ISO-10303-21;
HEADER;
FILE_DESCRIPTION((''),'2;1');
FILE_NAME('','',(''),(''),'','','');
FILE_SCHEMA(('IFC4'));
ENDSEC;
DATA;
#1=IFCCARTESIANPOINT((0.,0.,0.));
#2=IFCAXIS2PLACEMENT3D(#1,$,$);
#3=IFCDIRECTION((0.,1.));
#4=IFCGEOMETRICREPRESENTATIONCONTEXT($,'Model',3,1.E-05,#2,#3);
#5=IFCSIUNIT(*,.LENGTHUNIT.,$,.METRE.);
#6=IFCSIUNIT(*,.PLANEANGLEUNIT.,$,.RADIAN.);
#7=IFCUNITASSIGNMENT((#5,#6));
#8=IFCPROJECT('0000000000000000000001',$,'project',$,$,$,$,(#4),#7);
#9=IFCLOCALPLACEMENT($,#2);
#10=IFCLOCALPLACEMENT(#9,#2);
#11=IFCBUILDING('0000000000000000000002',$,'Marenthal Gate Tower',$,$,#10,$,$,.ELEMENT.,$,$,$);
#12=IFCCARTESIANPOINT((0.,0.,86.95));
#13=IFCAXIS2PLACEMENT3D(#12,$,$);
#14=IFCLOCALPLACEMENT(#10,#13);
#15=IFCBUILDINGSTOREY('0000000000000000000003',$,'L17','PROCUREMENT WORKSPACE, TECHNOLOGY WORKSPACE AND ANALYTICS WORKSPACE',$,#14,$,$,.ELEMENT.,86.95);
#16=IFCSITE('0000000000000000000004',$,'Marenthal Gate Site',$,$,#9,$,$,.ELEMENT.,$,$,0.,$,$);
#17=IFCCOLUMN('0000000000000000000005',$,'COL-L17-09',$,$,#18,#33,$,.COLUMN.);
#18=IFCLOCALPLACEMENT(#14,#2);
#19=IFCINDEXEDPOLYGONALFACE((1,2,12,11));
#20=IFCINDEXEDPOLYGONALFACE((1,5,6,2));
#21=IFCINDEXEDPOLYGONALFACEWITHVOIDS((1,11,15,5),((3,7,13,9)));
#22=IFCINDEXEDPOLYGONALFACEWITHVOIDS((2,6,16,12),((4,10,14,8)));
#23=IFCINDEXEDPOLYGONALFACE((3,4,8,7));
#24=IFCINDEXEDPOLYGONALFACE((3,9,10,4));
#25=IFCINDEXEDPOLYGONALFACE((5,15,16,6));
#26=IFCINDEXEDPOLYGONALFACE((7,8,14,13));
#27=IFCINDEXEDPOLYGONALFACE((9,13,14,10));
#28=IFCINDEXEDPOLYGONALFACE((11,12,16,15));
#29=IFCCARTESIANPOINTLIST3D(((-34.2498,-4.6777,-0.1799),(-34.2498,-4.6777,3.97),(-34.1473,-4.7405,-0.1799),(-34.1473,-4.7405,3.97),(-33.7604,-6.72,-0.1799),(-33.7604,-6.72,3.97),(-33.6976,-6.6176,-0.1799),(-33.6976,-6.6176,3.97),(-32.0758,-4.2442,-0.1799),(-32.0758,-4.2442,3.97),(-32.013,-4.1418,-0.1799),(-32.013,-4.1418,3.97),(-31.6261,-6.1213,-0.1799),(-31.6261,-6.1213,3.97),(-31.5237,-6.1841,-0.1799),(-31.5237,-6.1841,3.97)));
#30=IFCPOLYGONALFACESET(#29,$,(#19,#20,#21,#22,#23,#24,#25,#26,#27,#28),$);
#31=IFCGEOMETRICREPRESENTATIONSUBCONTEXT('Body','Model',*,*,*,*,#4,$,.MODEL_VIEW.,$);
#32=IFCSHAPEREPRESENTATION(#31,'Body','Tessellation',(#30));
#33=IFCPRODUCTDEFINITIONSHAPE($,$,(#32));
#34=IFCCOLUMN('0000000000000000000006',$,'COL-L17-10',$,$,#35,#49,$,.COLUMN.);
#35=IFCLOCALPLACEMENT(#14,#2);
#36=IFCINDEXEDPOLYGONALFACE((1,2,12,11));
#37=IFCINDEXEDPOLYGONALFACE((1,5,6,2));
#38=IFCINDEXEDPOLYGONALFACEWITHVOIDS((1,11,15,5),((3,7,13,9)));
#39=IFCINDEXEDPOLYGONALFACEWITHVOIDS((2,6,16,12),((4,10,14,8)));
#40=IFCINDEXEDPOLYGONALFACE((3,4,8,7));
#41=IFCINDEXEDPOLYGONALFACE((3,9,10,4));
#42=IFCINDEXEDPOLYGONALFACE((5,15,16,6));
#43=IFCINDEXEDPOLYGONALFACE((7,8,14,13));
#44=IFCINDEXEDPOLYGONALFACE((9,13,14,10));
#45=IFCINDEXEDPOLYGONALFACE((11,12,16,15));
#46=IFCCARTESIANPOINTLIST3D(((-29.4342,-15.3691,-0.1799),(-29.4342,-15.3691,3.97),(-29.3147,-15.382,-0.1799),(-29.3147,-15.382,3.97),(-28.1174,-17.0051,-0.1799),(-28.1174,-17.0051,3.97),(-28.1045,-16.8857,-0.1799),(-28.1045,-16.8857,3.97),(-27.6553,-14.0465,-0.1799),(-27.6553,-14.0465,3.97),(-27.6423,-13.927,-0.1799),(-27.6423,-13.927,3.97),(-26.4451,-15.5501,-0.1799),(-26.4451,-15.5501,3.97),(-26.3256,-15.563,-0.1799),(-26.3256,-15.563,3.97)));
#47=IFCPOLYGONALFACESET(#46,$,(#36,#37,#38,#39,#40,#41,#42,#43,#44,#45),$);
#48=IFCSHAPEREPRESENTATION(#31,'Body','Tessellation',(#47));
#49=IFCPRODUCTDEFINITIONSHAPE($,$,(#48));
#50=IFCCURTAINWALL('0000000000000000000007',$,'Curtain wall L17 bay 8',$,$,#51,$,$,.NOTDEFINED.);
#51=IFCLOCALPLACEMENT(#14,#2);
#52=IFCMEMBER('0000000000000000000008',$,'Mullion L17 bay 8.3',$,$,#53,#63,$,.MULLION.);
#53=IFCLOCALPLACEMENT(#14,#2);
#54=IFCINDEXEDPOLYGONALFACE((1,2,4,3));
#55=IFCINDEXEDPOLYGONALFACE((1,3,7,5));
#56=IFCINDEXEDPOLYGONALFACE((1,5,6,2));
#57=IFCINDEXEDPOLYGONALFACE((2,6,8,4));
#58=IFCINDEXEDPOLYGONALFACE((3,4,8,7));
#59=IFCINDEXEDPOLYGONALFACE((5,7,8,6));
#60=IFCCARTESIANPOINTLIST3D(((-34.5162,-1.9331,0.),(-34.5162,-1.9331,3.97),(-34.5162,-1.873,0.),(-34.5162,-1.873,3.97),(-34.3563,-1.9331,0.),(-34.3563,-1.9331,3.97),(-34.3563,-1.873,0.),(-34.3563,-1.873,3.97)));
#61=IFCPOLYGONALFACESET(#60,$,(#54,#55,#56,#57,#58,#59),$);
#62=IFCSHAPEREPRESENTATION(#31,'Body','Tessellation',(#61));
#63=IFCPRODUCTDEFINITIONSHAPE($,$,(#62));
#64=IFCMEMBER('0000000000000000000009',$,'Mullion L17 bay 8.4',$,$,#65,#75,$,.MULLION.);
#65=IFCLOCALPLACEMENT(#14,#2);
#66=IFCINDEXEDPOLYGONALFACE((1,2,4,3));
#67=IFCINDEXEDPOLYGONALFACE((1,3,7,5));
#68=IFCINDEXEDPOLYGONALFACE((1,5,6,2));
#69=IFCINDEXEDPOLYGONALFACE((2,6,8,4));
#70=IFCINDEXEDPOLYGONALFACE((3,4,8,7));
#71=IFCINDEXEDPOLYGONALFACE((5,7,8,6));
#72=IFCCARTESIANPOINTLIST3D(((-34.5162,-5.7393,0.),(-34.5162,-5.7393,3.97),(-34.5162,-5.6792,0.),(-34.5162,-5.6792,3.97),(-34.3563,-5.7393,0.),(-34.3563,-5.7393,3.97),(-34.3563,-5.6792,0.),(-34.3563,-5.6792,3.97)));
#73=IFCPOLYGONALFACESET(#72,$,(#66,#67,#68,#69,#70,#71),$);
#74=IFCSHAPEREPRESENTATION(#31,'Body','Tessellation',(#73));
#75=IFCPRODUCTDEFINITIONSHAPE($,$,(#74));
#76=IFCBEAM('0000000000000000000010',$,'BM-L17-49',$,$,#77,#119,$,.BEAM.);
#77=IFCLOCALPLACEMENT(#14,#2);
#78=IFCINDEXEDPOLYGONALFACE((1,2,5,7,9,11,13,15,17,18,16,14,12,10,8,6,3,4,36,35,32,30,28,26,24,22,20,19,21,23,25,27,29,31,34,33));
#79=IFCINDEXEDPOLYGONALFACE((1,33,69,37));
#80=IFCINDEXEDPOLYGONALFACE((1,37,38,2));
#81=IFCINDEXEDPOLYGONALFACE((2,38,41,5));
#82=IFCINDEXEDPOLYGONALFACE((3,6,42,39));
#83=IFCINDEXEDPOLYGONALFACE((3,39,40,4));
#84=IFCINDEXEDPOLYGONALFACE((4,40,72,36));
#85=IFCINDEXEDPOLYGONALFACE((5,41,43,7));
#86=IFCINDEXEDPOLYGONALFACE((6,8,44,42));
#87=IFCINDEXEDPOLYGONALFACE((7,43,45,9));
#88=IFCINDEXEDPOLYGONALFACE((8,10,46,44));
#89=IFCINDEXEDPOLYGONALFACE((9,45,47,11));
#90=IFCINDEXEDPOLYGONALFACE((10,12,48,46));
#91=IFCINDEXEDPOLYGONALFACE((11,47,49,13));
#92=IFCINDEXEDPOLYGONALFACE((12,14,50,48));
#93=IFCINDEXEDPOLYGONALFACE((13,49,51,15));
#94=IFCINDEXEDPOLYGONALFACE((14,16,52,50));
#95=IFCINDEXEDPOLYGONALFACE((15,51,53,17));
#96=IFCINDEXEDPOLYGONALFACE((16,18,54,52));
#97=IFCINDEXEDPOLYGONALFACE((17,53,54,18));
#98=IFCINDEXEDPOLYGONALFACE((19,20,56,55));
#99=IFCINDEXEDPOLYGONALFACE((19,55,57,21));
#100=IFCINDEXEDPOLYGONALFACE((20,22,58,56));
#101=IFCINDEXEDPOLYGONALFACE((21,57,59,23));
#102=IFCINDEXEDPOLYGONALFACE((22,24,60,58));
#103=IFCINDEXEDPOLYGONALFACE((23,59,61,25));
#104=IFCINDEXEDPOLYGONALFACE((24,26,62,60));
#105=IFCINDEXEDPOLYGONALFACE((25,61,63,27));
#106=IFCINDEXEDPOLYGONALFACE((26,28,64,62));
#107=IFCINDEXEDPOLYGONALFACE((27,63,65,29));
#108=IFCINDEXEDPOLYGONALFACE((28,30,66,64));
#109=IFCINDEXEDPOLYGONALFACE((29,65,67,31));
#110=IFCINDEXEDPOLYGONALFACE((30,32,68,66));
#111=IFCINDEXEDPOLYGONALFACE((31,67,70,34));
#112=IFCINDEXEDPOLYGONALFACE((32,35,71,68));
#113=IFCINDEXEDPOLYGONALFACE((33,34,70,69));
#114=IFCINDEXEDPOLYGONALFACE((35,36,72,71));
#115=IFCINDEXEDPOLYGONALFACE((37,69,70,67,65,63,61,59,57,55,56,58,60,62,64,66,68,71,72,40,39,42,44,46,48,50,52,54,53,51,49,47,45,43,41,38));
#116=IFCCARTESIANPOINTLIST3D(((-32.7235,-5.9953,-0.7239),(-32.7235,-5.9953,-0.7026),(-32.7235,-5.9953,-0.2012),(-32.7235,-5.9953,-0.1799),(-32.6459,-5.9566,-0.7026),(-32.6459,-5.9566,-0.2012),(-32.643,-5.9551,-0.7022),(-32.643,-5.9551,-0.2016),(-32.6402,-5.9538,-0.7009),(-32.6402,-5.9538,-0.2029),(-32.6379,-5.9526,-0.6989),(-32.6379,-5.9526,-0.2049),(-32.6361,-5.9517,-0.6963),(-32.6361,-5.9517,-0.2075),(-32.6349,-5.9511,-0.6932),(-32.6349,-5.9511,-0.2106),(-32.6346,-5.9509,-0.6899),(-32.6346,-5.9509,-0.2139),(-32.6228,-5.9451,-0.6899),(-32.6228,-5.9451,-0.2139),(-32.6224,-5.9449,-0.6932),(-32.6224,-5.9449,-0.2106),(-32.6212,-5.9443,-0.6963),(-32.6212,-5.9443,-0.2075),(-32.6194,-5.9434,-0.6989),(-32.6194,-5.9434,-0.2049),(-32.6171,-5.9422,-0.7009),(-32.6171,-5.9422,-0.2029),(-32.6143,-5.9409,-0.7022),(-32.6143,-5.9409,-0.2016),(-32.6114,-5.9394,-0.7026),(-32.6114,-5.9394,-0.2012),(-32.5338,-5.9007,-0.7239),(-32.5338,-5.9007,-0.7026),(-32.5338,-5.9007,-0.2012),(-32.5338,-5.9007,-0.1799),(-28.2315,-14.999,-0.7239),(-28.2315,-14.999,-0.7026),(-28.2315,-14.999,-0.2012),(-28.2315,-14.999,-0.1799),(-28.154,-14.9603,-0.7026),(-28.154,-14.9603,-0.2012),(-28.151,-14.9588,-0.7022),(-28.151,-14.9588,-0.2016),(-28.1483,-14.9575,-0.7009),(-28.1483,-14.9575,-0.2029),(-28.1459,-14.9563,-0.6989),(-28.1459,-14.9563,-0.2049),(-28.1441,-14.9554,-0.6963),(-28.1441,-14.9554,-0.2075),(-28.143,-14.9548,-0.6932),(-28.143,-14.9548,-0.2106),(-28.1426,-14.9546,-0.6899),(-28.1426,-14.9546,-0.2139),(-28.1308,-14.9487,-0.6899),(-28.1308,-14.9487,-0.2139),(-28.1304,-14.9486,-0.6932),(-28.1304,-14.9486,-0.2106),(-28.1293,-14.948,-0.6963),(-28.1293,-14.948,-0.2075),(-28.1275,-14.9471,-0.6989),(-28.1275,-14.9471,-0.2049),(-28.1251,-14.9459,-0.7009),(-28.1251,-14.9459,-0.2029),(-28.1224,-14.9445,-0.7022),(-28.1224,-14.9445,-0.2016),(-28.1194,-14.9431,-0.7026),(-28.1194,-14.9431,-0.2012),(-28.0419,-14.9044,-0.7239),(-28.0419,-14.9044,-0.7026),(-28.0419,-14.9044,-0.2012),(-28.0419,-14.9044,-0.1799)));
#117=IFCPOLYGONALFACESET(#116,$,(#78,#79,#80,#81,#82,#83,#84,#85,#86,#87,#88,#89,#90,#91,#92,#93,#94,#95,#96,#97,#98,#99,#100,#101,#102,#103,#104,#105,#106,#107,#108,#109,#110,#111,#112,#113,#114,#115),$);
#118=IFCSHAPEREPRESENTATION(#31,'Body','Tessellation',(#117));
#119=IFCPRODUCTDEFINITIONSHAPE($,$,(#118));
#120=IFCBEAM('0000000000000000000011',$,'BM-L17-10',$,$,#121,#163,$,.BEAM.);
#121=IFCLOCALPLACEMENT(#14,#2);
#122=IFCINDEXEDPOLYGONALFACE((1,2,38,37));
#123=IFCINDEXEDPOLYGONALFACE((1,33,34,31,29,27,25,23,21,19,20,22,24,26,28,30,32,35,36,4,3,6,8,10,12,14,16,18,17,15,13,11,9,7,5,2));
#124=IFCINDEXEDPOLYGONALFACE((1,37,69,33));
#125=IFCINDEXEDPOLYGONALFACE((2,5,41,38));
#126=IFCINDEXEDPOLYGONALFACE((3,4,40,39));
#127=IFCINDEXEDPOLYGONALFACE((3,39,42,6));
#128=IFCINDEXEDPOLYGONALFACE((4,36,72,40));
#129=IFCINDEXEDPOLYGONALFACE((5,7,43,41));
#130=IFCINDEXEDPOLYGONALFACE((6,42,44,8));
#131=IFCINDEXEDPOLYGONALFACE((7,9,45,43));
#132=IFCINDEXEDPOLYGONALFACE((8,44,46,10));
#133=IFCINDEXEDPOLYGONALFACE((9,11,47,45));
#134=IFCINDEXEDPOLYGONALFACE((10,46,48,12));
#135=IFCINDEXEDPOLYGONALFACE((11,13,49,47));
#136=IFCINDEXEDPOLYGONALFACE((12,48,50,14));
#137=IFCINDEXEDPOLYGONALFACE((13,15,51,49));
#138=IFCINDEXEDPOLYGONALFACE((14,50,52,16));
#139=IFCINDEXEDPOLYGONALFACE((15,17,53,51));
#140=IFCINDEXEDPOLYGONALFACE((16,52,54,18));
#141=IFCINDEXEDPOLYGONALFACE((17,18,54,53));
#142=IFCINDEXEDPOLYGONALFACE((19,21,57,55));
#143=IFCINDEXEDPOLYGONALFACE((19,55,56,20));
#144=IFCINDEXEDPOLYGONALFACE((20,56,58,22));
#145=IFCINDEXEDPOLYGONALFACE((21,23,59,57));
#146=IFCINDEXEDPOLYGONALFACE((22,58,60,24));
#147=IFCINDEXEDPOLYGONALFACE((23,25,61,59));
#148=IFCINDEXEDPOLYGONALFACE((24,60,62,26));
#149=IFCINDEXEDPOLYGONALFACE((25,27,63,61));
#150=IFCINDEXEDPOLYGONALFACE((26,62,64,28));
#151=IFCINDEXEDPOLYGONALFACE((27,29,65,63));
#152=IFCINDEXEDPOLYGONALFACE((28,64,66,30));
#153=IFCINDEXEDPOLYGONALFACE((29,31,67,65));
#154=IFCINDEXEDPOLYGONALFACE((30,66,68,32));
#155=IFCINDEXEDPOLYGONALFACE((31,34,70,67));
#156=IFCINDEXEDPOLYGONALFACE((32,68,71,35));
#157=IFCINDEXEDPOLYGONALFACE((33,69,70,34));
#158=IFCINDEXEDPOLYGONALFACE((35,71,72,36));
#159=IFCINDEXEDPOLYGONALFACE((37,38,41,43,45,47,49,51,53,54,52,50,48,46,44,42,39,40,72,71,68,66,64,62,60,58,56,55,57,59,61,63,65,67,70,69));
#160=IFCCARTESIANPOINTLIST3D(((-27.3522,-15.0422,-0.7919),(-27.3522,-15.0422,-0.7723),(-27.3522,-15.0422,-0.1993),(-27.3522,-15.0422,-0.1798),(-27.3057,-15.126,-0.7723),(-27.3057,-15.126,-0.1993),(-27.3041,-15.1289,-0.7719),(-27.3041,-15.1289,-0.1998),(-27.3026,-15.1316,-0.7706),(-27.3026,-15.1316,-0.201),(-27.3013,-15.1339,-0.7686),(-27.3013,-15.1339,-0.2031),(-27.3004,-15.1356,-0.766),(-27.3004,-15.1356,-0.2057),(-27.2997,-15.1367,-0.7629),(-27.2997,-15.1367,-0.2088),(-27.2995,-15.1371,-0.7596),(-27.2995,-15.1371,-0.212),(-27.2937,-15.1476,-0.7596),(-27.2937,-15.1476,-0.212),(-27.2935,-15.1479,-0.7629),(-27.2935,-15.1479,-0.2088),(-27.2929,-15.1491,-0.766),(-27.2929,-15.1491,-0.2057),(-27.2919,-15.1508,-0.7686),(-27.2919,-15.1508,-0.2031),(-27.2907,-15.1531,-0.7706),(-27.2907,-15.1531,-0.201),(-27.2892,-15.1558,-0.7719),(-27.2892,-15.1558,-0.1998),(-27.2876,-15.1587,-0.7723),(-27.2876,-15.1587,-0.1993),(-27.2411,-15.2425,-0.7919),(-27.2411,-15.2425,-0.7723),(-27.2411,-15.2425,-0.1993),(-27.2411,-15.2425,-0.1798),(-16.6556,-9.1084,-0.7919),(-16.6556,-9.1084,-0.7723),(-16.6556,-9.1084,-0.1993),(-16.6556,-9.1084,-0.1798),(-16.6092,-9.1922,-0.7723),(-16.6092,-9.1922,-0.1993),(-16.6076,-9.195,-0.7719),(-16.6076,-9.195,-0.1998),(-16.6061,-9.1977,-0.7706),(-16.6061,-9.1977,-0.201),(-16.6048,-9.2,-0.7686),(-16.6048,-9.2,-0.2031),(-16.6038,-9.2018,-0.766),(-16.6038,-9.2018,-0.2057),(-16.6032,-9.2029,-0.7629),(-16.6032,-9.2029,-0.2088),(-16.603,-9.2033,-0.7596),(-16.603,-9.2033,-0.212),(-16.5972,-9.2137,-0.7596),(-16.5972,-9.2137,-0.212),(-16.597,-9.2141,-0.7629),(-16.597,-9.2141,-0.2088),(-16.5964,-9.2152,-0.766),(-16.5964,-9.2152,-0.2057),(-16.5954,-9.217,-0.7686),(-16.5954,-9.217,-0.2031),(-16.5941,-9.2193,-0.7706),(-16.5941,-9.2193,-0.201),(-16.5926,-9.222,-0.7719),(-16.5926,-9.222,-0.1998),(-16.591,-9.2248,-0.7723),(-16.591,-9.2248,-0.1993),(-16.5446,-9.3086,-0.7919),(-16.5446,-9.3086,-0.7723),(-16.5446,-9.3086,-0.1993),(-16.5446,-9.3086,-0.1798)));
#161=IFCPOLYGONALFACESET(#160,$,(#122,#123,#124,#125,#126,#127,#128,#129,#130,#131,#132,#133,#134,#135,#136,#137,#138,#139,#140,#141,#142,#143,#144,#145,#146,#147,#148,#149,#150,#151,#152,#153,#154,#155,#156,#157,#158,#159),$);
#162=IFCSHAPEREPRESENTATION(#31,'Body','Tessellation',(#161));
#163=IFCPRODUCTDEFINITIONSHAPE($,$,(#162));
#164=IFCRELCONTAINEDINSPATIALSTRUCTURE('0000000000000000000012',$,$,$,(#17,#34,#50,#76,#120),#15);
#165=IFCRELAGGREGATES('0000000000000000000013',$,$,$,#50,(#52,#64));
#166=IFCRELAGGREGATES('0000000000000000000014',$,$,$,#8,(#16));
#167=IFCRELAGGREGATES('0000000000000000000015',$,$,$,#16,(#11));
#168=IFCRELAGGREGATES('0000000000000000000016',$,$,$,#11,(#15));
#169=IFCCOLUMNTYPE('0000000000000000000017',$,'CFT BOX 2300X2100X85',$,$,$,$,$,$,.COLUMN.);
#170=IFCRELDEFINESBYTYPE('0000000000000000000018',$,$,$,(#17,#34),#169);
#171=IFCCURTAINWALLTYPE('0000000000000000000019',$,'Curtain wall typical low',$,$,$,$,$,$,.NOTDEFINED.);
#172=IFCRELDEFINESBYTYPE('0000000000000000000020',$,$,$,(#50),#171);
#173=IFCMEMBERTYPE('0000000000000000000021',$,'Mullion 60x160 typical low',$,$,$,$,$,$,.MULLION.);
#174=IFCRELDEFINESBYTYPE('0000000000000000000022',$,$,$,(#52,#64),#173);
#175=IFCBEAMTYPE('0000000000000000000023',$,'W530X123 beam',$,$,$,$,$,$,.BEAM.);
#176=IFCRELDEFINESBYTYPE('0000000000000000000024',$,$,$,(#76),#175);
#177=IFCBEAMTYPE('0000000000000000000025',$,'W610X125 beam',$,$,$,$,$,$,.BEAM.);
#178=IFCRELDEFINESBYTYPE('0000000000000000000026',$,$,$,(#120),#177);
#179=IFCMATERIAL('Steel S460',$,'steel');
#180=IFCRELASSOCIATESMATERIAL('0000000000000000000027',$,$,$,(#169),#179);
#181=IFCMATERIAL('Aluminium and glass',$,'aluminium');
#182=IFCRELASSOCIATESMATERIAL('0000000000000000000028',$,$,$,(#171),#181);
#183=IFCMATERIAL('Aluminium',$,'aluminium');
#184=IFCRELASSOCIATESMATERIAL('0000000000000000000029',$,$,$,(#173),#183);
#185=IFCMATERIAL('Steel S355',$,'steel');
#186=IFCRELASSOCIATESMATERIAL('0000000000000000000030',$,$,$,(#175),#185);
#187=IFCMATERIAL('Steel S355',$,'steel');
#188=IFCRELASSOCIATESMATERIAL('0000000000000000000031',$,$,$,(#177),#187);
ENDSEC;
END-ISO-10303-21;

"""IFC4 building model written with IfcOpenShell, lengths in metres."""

from ifc_helpers import new_model, si_unit, direction, frame, origin, origin_2d, place, context, subcontext, project, spatial, rectangle, hollow_rectangle, i_section, extrude, material, material_profile, profile_set, type_object, element, aggregate, save


model = new_model("IFC4")

# Units and contexts
model_context = context("Model", 3, precision=1e-05, world=origin(), true_north=direction((0.0, 1.0)))
body_context = subcontext(model_context, "Body", "Model", "MODEL_VIEW")
ifc_project = project(units=[si_unit("LENGTHUNIT", "METRE"), si_unit("PLANEANGLEUNIT", "RADIAN")], contexts=[model_context])

# Site, building, storey
site_placement = place(None, origin())
site = spatial("IfcSite", under=ifc_project, at=site_placement, Name="Marenthal Gate Site", CompositionType="ELEMENT", RefElevation=0.0)
building_placement = place(site_placement, origin())
building = spatial("IfcBuilding", under=site, at=building_placement, Name="Marenthal Gate Tower", CompositionType="ELEMENT")
storey_placement = place(building_placement, frame((0.0, 0.0, 86.95)))
storey = spatial("IfcBuildingStorey", under=building, at=storey_placement, Name="L17", Description="PROCUREMENT WORKSPACE, TECHNOLOGY WORKSPACE AND ANALYTICS WORKSPACE", CompositionType="ELEMENT", Elevation=86.95)

# Columns
ifc_material_1 = material(Name="Steel S460", Category="steel")
ifc_material_profile_1 = material_profile(ifc_material_1, hollow_rectangle(XDim=2.1001, YDim=2.3, WallThickness=0.085, at=origin_2d()), Name="CFT BOX 2300X2100X85")
ifc_material_2 = material(Name="Concrete 70 MPa", Category="concrete")
ifc_material_profile_2 = material_profile(ifc_material_2, rectangle(XDim=1.9299, YDim=2.1299, at=origin_2d()), Name="CFT BOX 2300X2100X85 INFILL")
ifc_profile_set_1 = profile_set([ifc_material_profile_1, ifc_material_profile_2], Name="Steel S460 shell, Concrete 70 MPa infill")
column_type = type_object("IfcColumnType", Name="CFT BOX 2300X2100X85", PredefinedType="COLUMN", material=ifc_profile_set_1)
for number, where, z_axis, x_axis, name in (
    (1, (-32.8867, -5.4309, -0.1799), (0.0, 0.0, 1.0), (-0.232997, 0.972477, 0.0), "COL-L17-09"),
    (2, (-27.8799, -15.4661, -0.1799), (0.0, 0.0, 1.0), (-0.626985, 0.779032, 0.0), "COL-L17-10"),
):
    element("IfcColumn", number, at=place(storey_placement, frame(where, z_axis=z_axis, x_axis=x_axis)), inside=storey, type_object=column_type, Name=name, PredefinedType="COLUMN", context=body_context, shape_type="SweptSolid", body=[
        extrude(hollow_rectangle(XDim=2.1001, YDim=2.3, WallThickness=0.085, at=origin_2d()), origin(), (0.0, 0.0, 1.0), 4.1499),
    ])

# Curtain wall, members
ifc_material_3 = material(Name="Aluminium and glass", Category="aluminium")
curtain_wall_type = type_object("IfcCurtainWallType", Name="Curtain wall typical low", PredefinedType="NOTDEFINED", material=ifc_material_3)
curtain_wall_placement = place(storey_placement, origin())
curtain_wall = element("IfcCurtainWall", 3, at=curtain_wall_placement, inside=storey, type_object=curtain_wall_type, Name="Curtain wall L17 bay 8", PredefinedType="NOTDEFINED")
ifc_material_4 = material(Name="Aluminium", Category="aluminium")
ifc_material_profile_3 = material_profile(ifc_material_4, rectangle(XDim=0.1599, YDim=0.0601, at=origin_2d()), Name="60x160 aluminium mullion")
ifc_profile_set_2 = profile_set([ifc_material_profile_3], Name="Aluminium")
member_type = type_object("IfcMemberType", Name="Mullion 60x160 typical low", PredefinedType="MULLION", material=ifc_profile_set_2)
member_1_placement = place(storey_placement, frame((-34.4363, -1.9031, 0.0), z_axis=(0.0, 0.0, 1.0), x_axis=(1.0, 0.0, 0.0)))
member_1 = element("IfcMember", 4, at=member_1_placement, type_object=member_type, Name="Mullion L17 bay 8.3", PredefinedType="MULLION", context=body_context, shape_type="SweptSolid", body=[
    extrude(rectangle(XDim=0.1599, YDim=0.0601, at=origin_2d()), origin(), (0.0, 0.0, 1.0), 3.97),
])
member_2_placement = place(storey_placement, frame((-34.4363, -5.7092, 0.0), z_axis=(0.0, 0.0, 1.0), x_axis=(1.0, 0.0, 0.0)))
member_2 = element("IfcMember", 5, at=member_2_placement, type_object=member_type, Name="Mullion L17 bay 8.4", PredefinedType="MULLION", context=body_context, shape_type="SweptSolid", body=[
    extrude(rectangle(XDim=0.1599, YDim=0.0601, at=origin_2d()), origin(), (0.0, 0.0, 1.0), 3.97),
])

# Beams
ifc_material_5 = material(Name="Steel S355", Category="steel")
ifc_material_profile_4 = material_profile(ifc_material_5, i_section(OverallWidth=0.2119, OverallDepth=0.5439, WebThickness=0.0132, FlangeThickness=0.0212, FilletRadius=0.0127, at=origin_2d()), Name="W530X123")
ifc_profile_set_3 = profile_set([ifc_material_profile_4], Name="Steel S355")
beam_type_1 = type_object("IfcBeamType", Name="W530X123 beam", PredefinedType="BEAM", material=ifc_profile_set_3)
beam_1_placement = place(storey_placement, frame((-32.6287, -5.948, -0.4519), z_axis=(0.446427, -0.89482, 0.0), x_axis=(0.89482, 0.446427, 0.0)))
element("IfcBeam", 6, at=beam_1_placement, inside=storey, type_object=beam_type_1, Name="BM-L17-49", PredefinedType="BEAM", context=body_context, shape_type="SweptSolid", body=[
    extrude(i_section(OverallWidth=0.2119, OverallDepth=0.5439, WebThickness=0.0132, FlangeThickness=0.0212, FilletRadius=0.0127, at=origin_2d()), origin(), (0.0, 0.0, 1.0), 10.062),
])
ifc_material_6 = material(Name="Steel S355", Category="steel")
ifc_material_profile_5 = material_profile(ifc_material_6, i_section(OverallWidth=0.229, OverallDepth=0.6121, WebThickness=0.012, FlangeThickness=0.0195, FilletRadius=0.0127, at=origin_2d()), Name="W610X125")
ifc_profile_set_4 = profile_set([ifc_material_profile_5], Name="Steel S355")
beam_type_2 = type_object("IfcBeamType", Name="W610X125 beam", PredefinedType="BEAM", material=ifc_profile_set_4)
beam_2_placement = place(storey_placement, frame((-27.2966, -15.1423, -0.4858), z_axis=(0.874458, 0.485101, 0.0), x_axis=(-0.485101, 0.874458, 0.0)))
element("IfcBeam", 7, at=beam_2_placement, inside=storey, type_object=beam_type_2, Name="BM-L17-10", PredefinedType="BEAM", context=body_context, shape_type="SweptSolid", body=[
    extrude(i_section(OverallWidth=0.229, OverallDepth=0.6121, WebThickness=0.012, FlangeThickness=0.0195, FilletRadius=0.0127, at=origin_2d()), origin(), (0.0, 0.0, 1.0), 12.2322),
])

aggregate(curtain_wall, [member_1, member_2])

save(model, "model.ifc")
